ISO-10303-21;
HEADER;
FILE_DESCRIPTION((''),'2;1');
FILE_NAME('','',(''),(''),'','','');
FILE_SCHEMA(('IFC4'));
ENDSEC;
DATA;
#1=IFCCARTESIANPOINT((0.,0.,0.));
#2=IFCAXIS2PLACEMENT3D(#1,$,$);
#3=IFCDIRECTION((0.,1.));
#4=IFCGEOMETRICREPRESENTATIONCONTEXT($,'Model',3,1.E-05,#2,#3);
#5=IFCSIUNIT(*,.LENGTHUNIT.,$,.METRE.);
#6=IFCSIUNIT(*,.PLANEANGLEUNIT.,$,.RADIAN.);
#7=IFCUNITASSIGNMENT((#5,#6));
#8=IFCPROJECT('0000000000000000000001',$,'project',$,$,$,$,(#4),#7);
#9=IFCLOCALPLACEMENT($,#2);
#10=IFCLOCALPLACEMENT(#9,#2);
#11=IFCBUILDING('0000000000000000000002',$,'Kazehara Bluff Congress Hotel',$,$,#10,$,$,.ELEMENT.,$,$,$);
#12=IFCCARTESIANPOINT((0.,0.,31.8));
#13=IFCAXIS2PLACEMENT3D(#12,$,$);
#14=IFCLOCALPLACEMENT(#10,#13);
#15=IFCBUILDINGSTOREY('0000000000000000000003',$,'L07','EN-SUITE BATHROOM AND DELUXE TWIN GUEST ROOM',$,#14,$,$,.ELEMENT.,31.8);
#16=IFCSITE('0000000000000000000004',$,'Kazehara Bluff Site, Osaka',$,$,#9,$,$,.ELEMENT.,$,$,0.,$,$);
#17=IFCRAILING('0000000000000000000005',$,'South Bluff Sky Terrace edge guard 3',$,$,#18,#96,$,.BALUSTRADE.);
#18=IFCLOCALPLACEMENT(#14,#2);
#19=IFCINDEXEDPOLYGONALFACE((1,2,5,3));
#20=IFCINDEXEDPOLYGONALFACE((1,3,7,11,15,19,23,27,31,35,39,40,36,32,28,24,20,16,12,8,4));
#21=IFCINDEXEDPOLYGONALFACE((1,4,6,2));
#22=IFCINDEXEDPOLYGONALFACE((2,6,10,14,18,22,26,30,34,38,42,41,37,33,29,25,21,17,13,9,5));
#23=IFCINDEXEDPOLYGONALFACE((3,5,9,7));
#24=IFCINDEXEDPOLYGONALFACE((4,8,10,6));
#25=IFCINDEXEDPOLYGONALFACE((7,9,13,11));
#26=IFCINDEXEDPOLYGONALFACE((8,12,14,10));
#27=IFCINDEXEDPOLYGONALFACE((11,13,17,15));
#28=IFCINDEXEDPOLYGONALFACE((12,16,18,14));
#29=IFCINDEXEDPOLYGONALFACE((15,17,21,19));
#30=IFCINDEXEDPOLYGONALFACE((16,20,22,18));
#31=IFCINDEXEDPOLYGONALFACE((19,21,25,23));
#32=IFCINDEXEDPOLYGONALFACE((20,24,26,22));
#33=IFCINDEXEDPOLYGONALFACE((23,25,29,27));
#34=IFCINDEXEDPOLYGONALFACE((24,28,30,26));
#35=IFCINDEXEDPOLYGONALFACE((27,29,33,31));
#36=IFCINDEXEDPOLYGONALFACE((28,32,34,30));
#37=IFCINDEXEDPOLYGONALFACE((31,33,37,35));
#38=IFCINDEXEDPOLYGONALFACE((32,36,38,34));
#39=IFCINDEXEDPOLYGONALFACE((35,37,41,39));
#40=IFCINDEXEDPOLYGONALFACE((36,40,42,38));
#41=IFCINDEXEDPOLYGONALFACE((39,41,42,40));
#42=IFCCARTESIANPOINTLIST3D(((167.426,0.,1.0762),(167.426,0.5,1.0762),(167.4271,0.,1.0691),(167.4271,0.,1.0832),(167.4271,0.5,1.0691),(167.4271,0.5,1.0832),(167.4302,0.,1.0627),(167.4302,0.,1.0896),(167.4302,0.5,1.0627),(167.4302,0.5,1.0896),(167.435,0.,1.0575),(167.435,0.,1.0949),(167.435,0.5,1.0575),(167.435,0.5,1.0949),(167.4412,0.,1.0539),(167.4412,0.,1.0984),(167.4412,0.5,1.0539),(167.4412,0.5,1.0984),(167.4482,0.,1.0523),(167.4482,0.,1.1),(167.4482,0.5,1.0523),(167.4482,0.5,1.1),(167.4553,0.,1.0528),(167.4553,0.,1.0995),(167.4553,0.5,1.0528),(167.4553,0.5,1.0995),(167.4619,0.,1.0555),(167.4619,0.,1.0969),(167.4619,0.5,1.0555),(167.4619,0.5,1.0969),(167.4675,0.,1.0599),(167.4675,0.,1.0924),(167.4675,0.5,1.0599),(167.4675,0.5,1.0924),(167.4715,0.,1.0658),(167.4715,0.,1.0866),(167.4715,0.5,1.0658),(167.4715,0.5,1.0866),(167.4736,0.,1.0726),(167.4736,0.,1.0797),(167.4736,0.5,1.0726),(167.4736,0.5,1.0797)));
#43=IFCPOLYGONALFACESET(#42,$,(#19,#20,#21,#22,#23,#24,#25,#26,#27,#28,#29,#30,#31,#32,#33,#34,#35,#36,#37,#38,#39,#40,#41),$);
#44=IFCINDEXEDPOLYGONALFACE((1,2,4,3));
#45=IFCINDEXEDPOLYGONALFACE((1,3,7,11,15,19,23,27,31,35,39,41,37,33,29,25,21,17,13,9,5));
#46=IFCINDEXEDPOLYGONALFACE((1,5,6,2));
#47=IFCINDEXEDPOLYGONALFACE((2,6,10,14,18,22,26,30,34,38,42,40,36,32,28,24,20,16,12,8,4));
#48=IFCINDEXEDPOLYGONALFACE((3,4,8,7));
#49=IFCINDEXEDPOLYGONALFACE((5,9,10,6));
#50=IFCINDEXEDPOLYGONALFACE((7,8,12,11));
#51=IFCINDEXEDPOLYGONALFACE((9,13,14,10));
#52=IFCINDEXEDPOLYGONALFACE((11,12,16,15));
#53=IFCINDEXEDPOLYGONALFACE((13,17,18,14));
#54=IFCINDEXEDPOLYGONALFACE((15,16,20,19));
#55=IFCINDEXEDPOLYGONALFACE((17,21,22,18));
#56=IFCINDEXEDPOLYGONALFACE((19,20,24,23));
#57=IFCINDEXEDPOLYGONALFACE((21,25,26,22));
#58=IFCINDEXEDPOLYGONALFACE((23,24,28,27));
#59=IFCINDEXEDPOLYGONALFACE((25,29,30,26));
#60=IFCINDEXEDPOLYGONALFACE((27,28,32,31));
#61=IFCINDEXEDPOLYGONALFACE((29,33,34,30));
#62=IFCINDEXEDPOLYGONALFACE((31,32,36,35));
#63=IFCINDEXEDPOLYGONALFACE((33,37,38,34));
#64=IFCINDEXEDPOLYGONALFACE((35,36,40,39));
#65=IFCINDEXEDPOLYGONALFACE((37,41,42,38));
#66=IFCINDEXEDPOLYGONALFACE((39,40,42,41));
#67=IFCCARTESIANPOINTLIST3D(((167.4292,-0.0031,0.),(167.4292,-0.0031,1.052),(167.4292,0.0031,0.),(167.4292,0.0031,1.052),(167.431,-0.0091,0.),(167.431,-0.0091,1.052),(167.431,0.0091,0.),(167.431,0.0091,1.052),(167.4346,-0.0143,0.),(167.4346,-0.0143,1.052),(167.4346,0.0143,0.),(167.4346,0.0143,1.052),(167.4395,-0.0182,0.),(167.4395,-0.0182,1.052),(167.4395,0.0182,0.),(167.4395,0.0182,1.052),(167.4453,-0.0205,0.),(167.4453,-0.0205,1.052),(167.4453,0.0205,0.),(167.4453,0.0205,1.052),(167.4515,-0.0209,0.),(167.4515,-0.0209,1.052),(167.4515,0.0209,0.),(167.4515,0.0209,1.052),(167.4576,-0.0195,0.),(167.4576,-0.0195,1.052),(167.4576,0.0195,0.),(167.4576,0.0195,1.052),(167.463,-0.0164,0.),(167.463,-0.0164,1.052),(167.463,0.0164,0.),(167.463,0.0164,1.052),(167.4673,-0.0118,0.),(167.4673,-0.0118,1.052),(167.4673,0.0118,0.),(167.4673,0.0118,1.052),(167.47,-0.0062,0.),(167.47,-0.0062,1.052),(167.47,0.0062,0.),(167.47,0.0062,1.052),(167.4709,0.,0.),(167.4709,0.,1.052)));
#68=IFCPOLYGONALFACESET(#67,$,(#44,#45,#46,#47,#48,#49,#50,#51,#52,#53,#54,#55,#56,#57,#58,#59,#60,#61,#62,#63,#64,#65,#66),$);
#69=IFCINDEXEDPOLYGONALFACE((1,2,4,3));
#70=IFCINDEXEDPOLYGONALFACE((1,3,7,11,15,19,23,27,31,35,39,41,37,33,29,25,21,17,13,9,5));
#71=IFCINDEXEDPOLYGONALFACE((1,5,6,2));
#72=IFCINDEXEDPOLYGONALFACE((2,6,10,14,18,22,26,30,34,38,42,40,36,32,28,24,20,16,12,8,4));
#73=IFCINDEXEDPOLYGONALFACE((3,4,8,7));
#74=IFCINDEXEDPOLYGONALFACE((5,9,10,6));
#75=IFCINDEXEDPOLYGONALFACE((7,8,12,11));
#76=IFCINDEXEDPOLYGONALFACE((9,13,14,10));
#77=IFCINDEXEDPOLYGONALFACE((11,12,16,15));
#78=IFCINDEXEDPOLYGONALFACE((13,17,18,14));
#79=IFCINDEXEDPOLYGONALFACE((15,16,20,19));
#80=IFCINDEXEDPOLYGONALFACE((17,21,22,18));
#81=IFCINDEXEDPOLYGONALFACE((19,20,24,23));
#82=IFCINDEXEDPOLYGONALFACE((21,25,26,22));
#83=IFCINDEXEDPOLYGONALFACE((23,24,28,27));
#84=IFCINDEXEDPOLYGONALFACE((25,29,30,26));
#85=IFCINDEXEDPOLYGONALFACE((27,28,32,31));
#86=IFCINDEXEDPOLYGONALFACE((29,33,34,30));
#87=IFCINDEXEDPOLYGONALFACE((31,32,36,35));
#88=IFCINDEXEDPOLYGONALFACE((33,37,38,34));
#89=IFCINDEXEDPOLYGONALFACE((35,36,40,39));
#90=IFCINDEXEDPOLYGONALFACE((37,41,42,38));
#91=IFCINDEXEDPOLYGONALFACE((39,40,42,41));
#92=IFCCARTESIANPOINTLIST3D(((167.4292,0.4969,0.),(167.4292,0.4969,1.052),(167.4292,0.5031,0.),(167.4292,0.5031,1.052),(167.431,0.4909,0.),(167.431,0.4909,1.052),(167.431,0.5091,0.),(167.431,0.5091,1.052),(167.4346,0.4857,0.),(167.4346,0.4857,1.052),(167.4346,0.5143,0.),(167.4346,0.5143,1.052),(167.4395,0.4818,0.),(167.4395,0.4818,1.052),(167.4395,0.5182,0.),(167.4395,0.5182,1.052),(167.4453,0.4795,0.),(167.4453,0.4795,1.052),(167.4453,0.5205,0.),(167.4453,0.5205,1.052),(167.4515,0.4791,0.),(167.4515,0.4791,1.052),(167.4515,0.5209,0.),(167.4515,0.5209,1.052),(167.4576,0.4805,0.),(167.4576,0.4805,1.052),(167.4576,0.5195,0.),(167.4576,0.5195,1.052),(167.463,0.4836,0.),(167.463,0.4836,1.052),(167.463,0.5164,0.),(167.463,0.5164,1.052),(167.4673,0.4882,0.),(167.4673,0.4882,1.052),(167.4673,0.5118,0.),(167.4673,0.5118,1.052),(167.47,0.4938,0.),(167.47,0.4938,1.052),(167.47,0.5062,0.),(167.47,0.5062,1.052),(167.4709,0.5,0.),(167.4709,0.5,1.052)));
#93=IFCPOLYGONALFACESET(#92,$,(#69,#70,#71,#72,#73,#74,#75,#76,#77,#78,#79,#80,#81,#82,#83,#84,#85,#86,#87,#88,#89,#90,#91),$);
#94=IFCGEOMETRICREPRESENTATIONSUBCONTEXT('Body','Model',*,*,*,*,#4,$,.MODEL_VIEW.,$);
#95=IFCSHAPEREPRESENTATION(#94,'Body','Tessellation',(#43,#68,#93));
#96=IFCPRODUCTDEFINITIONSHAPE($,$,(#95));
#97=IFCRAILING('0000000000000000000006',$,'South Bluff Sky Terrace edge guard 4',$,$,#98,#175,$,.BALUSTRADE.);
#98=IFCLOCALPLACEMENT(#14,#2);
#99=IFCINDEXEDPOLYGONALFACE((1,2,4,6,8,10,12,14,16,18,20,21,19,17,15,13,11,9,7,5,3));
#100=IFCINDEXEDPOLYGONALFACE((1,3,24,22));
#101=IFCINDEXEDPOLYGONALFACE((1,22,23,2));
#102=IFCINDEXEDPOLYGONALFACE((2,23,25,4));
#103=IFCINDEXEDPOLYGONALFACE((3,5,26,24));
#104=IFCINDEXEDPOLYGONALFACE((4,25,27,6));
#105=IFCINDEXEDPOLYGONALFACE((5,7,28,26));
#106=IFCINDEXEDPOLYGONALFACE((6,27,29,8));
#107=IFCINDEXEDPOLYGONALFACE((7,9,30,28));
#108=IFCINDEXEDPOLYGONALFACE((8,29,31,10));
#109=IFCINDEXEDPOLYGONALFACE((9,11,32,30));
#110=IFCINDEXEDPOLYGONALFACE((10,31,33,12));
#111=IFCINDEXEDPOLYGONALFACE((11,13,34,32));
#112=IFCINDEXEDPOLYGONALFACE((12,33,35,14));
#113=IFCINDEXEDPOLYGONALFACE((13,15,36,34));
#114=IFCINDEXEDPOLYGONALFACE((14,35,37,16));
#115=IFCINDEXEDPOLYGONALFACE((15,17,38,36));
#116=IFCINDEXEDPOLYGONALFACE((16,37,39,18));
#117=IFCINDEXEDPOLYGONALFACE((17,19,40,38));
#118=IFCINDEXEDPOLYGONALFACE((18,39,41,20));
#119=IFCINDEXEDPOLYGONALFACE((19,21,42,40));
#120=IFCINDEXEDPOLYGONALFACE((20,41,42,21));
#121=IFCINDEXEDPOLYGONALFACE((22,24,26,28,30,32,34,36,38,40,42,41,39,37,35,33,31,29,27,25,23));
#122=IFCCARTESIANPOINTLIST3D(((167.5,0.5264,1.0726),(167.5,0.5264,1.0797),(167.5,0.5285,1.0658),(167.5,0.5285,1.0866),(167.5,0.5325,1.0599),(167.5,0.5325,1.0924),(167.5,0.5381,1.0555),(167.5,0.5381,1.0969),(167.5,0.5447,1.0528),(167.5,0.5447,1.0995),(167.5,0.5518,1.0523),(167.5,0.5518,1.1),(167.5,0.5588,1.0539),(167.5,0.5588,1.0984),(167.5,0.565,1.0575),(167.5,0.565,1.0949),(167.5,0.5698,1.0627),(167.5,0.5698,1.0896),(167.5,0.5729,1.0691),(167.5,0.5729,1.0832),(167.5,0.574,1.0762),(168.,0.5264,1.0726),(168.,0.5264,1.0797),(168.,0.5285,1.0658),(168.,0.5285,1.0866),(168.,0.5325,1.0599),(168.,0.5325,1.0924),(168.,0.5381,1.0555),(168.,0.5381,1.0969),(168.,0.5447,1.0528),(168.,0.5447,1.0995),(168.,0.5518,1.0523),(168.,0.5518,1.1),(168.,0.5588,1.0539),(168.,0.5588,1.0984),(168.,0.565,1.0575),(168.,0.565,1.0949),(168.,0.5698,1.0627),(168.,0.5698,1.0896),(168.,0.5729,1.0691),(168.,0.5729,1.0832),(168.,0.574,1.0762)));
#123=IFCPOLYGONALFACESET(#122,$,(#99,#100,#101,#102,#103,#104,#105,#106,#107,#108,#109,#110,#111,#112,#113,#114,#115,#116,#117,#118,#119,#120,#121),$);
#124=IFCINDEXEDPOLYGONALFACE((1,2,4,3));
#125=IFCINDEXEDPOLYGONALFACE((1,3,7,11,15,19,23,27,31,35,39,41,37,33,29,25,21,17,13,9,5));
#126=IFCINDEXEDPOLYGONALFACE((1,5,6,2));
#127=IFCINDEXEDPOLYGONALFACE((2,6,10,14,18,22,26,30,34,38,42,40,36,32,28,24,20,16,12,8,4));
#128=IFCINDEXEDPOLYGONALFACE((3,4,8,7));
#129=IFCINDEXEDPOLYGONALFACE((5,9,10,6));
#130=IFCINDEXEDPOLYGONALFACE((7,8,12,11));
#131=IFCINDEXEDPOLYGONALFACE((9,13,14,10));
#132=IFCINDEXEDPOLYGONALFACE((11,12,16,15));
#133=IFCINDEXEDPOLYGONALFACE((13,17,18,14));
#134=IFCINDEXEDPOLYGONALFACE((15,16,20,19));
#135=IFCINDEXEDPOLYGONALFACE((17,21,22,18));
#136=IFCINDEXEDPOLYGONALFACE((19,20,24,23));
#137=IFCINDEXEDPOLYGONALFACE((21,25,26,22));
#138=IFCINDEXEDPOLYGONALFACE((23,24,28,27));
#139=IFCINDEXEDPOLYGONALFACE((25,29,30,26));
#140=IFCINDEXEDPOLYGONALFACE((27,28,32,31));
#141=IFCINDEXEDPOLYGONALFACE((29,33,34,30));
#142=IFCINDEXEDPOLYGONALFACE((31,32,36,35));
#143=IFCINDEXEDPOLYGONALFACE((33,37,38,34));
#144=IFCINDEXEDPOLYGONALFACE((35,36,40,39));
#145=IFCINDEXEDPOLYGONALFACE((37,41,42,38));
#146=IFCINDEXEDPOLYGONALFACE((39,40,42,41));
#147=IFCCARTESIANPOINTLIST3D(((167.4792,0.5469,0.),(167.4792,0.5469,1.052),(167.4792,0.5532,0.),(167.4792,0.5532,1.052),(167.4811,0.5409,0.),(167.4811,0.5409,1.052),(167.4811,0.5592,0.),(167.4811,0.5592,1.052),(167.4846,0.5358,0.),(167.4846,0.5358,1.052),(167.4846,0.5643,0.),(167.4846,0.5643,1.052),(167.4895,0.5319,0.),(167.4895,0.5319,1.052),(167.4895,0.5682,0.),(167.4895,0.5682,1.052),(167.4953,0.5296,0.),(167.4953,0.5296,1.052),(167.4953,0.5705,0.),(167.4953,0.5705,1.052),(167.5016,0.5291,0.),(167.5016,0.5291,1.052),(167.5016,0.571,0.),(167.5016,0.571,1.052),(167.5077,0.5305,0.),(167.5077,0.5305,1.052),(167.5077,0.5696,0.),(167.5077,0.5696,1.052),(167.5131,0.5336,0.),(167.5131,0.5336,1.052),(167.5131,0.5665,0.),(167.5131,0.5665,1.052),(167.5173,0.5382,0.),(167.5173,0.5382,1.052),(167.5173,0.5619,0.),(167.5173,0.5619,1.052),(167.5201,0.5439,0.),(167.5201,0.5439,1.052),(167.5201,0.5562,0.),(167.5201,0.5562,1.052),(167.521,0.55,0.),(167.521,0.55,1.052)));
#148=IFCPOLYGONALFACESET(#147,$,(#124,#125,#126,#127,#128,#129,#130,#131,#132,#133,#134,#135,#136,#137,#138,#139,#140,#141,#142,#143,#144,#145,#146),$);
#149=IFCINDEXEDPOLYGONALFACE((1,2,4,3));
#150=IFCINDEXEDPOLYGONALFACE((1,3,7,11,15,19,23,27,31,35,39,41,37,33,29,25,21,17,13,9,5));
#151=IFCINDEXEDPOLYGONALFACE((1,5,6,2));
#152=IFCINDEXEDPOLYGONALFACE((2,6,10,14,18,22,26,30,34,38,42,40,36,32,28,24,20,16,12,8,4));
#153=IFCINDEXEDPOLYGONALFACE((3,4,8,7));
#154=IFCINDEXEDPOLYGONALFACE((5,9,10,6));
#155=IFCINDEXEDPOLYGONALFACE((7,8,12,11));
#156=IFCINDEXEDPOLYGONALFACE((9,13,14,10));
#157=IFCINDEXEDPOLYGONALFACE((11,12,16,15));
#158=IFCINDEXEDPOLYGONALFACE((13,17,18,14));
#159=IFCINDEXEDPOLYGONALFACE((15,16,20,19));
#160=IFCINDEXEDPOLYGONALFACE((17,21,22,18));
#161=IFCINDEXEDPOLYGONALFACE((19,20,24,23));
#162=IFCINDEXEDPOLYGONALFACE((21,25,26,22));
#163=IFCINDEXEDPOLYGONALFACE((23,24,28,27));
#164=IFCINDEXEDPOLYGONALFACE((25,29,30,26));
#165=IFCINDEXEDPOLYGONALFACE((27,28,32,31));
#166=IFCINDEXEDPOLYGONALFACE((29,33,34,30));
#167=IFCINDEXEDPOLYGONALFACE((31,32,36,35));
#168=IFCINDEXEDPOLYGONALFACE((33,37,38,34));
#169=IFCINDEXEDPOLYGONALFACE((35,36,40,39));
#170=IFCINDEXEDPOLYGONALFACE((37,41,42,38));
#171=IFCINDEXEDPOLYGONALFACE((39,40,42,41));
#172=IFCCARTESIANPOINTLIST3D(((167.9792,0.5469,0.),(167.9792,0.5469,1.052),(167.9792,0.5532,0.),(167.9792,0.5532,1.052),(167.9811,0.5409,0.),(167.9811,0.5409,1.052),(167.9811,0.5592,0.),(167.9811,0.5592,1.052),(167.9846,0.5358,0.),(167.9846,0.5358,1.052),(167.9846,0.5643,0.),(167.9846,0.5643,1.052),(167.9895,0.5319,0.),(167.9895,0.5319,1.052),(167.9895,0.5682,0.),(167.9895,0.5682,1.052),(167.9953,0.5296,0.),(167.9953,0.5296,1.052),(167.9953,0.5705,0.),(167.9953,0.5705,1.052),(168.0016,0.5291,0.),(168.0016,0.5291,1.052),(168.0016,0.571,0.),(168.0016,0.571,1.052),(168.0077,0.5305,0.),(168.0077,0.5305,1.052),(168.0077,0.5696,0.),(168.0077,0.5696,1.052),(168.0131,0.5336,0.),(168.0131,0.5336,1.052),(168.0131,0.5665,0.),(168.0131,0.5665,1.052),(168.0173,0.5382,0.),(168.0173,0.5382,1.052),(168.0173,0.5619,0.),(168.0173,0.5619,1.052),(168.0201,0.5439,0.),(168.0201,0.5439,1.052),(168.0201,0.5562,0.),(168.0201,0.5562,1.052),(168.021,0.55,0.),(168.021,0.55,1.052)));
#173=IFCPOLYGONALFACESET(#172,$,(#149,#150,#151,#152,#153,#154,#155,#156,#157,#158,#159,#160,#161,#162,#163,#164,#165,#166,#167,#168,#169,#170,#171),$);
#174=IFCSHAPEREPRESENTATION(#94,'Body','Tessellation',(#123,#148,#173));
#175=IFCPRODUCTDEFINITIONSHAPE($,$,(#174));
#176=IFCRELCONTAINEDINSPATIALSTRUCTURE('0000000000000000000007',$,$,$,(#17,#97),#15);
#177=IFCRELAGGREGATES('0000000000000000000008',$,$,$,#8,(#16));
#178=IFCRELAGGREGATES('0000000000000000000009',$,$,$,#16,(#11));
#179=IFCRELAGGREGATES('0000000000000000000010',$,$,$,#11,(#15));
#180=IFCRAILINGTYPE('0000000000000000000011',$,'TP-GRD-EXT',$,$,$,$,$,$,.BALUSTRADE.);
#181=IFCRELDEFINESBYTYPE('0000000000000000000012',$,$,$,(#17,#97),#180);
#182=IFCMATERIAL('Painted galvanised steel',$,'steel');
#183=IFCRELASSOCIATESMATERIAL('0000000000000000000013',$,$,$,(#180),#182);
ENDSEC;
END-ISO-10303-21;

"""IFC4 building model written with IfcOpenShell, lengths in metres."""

from ifc_helpers import new_model, si_unit, direction, frame, origin, origin_2d, place, context, subcontext, project, spatial, circle, extrude, material, type_object, element, save


model = new_model("IFC4")

# Units and contexts
model_context = context("Model", 3, precision=1e-05, world=origin(), true_north=direction((0.0, 1.0)))
body_context = subcontext(model_context, "Body", "Model", "MODEL_VIEW")
ifc_project = project(units=[si_unit("LENGTHUNIT", "METRE"), si_unit("PLANEANGLEUNIT", "RADIAN")], contexts=[model_context])

# Site, building, storey
site_placement = place(None, origin())
site = spatial("IfcSite", under=ifc_project, at=site_placement, Name="Kazehara Bluff Site, Osaka", CompositionType="ELEMENT", RefElevation=0.0)
building_placement = place(site_placement, origin())
building = spatial("IfcBuilding", under=site, at=building_placement, Name="Kazehara Bluff Congress Hotel", CompositionType="ELEMENT")
storey_placement = place(building_placement, frame((0.0, 0.0, 31.8)))
storey = spatial("IfcBuildingStorey", under=building, at=storey_placement, Name="L07", Description="EN-SUITE BATHROOM AND DELUXE TWIN GUEST ROOM", CompositionType="ELEMENT", Elevation=31.8)

# Railings
ifc_material_1 = material(Name="Painted galvanised steel", Category="steel")
railing_type = type_object("IfcRailingType", Name="TP-GRD-EXT", PredefinedType="BALUSTRADE", material=ifc_material_1)
railing_1_placement = place(storey_placement, frame((167.45, 0.0, 0.0)))
element("IfcRailing", 1, at=railing_1_placement, inside=storey, type_object=railing_type, Name="South Bluff Sky Terrace edge guard 3", PredefinedType="BALUSTRADE", context=body_context, shape_type="SweptSolid", body=[
    extrude(circle(Radius=0.0239, at=origin_2d()), frame((0.0, 0.0, 1.0762), z_axis=(0.0, 1.0, 0.0), x_axis=(-1.0, 0.0, 0.0)), (0.0, 0.0, 1.0), 0.5),
    extrude(circle(Radius=0.021, at=origin_2d()), origin(), (0.0, 0.0, 1.0), 1.052),
    extrude(circle(Radius=0.021, at=origin_2d()), frame((0.0, 0.5, 0.0)), (0.0, 0.0, 1.0), 1.052),
])
railing_2_placement = place(storey_placement, frame((167.5, 0.55, 0.0)))
element("IfcRailing", 2, at=railing_2_placement, inside=storey, type_object=railing_type, Name="South Bluff Sky Terrace edge guard 4", PredefinedType="BALUSTRADE", context=body_context, shape_type="SweptSolid", body=[
    extrude(circle(Radius=0.0239, at=origin_2d()), frame((0.0, 0.0, 1.0762), z_axis=(1.0, 0.0, 0.0), x_axis=(0.0, 1.0, 0.0)), (0.0, 0.0, 1.0), 0.5),
    extrude(circle(Radius=0.021, at=origin_2d()), origin(), (0.0, 0.0, 1.0), 1.052),
    extrude(circle(Radius=0.021, at=origin_2d()), frame((0.5, 0.0, 0.0)), (0.0, 0.0, 1.0), 1.052),
])

save(model, "model.ifc")
